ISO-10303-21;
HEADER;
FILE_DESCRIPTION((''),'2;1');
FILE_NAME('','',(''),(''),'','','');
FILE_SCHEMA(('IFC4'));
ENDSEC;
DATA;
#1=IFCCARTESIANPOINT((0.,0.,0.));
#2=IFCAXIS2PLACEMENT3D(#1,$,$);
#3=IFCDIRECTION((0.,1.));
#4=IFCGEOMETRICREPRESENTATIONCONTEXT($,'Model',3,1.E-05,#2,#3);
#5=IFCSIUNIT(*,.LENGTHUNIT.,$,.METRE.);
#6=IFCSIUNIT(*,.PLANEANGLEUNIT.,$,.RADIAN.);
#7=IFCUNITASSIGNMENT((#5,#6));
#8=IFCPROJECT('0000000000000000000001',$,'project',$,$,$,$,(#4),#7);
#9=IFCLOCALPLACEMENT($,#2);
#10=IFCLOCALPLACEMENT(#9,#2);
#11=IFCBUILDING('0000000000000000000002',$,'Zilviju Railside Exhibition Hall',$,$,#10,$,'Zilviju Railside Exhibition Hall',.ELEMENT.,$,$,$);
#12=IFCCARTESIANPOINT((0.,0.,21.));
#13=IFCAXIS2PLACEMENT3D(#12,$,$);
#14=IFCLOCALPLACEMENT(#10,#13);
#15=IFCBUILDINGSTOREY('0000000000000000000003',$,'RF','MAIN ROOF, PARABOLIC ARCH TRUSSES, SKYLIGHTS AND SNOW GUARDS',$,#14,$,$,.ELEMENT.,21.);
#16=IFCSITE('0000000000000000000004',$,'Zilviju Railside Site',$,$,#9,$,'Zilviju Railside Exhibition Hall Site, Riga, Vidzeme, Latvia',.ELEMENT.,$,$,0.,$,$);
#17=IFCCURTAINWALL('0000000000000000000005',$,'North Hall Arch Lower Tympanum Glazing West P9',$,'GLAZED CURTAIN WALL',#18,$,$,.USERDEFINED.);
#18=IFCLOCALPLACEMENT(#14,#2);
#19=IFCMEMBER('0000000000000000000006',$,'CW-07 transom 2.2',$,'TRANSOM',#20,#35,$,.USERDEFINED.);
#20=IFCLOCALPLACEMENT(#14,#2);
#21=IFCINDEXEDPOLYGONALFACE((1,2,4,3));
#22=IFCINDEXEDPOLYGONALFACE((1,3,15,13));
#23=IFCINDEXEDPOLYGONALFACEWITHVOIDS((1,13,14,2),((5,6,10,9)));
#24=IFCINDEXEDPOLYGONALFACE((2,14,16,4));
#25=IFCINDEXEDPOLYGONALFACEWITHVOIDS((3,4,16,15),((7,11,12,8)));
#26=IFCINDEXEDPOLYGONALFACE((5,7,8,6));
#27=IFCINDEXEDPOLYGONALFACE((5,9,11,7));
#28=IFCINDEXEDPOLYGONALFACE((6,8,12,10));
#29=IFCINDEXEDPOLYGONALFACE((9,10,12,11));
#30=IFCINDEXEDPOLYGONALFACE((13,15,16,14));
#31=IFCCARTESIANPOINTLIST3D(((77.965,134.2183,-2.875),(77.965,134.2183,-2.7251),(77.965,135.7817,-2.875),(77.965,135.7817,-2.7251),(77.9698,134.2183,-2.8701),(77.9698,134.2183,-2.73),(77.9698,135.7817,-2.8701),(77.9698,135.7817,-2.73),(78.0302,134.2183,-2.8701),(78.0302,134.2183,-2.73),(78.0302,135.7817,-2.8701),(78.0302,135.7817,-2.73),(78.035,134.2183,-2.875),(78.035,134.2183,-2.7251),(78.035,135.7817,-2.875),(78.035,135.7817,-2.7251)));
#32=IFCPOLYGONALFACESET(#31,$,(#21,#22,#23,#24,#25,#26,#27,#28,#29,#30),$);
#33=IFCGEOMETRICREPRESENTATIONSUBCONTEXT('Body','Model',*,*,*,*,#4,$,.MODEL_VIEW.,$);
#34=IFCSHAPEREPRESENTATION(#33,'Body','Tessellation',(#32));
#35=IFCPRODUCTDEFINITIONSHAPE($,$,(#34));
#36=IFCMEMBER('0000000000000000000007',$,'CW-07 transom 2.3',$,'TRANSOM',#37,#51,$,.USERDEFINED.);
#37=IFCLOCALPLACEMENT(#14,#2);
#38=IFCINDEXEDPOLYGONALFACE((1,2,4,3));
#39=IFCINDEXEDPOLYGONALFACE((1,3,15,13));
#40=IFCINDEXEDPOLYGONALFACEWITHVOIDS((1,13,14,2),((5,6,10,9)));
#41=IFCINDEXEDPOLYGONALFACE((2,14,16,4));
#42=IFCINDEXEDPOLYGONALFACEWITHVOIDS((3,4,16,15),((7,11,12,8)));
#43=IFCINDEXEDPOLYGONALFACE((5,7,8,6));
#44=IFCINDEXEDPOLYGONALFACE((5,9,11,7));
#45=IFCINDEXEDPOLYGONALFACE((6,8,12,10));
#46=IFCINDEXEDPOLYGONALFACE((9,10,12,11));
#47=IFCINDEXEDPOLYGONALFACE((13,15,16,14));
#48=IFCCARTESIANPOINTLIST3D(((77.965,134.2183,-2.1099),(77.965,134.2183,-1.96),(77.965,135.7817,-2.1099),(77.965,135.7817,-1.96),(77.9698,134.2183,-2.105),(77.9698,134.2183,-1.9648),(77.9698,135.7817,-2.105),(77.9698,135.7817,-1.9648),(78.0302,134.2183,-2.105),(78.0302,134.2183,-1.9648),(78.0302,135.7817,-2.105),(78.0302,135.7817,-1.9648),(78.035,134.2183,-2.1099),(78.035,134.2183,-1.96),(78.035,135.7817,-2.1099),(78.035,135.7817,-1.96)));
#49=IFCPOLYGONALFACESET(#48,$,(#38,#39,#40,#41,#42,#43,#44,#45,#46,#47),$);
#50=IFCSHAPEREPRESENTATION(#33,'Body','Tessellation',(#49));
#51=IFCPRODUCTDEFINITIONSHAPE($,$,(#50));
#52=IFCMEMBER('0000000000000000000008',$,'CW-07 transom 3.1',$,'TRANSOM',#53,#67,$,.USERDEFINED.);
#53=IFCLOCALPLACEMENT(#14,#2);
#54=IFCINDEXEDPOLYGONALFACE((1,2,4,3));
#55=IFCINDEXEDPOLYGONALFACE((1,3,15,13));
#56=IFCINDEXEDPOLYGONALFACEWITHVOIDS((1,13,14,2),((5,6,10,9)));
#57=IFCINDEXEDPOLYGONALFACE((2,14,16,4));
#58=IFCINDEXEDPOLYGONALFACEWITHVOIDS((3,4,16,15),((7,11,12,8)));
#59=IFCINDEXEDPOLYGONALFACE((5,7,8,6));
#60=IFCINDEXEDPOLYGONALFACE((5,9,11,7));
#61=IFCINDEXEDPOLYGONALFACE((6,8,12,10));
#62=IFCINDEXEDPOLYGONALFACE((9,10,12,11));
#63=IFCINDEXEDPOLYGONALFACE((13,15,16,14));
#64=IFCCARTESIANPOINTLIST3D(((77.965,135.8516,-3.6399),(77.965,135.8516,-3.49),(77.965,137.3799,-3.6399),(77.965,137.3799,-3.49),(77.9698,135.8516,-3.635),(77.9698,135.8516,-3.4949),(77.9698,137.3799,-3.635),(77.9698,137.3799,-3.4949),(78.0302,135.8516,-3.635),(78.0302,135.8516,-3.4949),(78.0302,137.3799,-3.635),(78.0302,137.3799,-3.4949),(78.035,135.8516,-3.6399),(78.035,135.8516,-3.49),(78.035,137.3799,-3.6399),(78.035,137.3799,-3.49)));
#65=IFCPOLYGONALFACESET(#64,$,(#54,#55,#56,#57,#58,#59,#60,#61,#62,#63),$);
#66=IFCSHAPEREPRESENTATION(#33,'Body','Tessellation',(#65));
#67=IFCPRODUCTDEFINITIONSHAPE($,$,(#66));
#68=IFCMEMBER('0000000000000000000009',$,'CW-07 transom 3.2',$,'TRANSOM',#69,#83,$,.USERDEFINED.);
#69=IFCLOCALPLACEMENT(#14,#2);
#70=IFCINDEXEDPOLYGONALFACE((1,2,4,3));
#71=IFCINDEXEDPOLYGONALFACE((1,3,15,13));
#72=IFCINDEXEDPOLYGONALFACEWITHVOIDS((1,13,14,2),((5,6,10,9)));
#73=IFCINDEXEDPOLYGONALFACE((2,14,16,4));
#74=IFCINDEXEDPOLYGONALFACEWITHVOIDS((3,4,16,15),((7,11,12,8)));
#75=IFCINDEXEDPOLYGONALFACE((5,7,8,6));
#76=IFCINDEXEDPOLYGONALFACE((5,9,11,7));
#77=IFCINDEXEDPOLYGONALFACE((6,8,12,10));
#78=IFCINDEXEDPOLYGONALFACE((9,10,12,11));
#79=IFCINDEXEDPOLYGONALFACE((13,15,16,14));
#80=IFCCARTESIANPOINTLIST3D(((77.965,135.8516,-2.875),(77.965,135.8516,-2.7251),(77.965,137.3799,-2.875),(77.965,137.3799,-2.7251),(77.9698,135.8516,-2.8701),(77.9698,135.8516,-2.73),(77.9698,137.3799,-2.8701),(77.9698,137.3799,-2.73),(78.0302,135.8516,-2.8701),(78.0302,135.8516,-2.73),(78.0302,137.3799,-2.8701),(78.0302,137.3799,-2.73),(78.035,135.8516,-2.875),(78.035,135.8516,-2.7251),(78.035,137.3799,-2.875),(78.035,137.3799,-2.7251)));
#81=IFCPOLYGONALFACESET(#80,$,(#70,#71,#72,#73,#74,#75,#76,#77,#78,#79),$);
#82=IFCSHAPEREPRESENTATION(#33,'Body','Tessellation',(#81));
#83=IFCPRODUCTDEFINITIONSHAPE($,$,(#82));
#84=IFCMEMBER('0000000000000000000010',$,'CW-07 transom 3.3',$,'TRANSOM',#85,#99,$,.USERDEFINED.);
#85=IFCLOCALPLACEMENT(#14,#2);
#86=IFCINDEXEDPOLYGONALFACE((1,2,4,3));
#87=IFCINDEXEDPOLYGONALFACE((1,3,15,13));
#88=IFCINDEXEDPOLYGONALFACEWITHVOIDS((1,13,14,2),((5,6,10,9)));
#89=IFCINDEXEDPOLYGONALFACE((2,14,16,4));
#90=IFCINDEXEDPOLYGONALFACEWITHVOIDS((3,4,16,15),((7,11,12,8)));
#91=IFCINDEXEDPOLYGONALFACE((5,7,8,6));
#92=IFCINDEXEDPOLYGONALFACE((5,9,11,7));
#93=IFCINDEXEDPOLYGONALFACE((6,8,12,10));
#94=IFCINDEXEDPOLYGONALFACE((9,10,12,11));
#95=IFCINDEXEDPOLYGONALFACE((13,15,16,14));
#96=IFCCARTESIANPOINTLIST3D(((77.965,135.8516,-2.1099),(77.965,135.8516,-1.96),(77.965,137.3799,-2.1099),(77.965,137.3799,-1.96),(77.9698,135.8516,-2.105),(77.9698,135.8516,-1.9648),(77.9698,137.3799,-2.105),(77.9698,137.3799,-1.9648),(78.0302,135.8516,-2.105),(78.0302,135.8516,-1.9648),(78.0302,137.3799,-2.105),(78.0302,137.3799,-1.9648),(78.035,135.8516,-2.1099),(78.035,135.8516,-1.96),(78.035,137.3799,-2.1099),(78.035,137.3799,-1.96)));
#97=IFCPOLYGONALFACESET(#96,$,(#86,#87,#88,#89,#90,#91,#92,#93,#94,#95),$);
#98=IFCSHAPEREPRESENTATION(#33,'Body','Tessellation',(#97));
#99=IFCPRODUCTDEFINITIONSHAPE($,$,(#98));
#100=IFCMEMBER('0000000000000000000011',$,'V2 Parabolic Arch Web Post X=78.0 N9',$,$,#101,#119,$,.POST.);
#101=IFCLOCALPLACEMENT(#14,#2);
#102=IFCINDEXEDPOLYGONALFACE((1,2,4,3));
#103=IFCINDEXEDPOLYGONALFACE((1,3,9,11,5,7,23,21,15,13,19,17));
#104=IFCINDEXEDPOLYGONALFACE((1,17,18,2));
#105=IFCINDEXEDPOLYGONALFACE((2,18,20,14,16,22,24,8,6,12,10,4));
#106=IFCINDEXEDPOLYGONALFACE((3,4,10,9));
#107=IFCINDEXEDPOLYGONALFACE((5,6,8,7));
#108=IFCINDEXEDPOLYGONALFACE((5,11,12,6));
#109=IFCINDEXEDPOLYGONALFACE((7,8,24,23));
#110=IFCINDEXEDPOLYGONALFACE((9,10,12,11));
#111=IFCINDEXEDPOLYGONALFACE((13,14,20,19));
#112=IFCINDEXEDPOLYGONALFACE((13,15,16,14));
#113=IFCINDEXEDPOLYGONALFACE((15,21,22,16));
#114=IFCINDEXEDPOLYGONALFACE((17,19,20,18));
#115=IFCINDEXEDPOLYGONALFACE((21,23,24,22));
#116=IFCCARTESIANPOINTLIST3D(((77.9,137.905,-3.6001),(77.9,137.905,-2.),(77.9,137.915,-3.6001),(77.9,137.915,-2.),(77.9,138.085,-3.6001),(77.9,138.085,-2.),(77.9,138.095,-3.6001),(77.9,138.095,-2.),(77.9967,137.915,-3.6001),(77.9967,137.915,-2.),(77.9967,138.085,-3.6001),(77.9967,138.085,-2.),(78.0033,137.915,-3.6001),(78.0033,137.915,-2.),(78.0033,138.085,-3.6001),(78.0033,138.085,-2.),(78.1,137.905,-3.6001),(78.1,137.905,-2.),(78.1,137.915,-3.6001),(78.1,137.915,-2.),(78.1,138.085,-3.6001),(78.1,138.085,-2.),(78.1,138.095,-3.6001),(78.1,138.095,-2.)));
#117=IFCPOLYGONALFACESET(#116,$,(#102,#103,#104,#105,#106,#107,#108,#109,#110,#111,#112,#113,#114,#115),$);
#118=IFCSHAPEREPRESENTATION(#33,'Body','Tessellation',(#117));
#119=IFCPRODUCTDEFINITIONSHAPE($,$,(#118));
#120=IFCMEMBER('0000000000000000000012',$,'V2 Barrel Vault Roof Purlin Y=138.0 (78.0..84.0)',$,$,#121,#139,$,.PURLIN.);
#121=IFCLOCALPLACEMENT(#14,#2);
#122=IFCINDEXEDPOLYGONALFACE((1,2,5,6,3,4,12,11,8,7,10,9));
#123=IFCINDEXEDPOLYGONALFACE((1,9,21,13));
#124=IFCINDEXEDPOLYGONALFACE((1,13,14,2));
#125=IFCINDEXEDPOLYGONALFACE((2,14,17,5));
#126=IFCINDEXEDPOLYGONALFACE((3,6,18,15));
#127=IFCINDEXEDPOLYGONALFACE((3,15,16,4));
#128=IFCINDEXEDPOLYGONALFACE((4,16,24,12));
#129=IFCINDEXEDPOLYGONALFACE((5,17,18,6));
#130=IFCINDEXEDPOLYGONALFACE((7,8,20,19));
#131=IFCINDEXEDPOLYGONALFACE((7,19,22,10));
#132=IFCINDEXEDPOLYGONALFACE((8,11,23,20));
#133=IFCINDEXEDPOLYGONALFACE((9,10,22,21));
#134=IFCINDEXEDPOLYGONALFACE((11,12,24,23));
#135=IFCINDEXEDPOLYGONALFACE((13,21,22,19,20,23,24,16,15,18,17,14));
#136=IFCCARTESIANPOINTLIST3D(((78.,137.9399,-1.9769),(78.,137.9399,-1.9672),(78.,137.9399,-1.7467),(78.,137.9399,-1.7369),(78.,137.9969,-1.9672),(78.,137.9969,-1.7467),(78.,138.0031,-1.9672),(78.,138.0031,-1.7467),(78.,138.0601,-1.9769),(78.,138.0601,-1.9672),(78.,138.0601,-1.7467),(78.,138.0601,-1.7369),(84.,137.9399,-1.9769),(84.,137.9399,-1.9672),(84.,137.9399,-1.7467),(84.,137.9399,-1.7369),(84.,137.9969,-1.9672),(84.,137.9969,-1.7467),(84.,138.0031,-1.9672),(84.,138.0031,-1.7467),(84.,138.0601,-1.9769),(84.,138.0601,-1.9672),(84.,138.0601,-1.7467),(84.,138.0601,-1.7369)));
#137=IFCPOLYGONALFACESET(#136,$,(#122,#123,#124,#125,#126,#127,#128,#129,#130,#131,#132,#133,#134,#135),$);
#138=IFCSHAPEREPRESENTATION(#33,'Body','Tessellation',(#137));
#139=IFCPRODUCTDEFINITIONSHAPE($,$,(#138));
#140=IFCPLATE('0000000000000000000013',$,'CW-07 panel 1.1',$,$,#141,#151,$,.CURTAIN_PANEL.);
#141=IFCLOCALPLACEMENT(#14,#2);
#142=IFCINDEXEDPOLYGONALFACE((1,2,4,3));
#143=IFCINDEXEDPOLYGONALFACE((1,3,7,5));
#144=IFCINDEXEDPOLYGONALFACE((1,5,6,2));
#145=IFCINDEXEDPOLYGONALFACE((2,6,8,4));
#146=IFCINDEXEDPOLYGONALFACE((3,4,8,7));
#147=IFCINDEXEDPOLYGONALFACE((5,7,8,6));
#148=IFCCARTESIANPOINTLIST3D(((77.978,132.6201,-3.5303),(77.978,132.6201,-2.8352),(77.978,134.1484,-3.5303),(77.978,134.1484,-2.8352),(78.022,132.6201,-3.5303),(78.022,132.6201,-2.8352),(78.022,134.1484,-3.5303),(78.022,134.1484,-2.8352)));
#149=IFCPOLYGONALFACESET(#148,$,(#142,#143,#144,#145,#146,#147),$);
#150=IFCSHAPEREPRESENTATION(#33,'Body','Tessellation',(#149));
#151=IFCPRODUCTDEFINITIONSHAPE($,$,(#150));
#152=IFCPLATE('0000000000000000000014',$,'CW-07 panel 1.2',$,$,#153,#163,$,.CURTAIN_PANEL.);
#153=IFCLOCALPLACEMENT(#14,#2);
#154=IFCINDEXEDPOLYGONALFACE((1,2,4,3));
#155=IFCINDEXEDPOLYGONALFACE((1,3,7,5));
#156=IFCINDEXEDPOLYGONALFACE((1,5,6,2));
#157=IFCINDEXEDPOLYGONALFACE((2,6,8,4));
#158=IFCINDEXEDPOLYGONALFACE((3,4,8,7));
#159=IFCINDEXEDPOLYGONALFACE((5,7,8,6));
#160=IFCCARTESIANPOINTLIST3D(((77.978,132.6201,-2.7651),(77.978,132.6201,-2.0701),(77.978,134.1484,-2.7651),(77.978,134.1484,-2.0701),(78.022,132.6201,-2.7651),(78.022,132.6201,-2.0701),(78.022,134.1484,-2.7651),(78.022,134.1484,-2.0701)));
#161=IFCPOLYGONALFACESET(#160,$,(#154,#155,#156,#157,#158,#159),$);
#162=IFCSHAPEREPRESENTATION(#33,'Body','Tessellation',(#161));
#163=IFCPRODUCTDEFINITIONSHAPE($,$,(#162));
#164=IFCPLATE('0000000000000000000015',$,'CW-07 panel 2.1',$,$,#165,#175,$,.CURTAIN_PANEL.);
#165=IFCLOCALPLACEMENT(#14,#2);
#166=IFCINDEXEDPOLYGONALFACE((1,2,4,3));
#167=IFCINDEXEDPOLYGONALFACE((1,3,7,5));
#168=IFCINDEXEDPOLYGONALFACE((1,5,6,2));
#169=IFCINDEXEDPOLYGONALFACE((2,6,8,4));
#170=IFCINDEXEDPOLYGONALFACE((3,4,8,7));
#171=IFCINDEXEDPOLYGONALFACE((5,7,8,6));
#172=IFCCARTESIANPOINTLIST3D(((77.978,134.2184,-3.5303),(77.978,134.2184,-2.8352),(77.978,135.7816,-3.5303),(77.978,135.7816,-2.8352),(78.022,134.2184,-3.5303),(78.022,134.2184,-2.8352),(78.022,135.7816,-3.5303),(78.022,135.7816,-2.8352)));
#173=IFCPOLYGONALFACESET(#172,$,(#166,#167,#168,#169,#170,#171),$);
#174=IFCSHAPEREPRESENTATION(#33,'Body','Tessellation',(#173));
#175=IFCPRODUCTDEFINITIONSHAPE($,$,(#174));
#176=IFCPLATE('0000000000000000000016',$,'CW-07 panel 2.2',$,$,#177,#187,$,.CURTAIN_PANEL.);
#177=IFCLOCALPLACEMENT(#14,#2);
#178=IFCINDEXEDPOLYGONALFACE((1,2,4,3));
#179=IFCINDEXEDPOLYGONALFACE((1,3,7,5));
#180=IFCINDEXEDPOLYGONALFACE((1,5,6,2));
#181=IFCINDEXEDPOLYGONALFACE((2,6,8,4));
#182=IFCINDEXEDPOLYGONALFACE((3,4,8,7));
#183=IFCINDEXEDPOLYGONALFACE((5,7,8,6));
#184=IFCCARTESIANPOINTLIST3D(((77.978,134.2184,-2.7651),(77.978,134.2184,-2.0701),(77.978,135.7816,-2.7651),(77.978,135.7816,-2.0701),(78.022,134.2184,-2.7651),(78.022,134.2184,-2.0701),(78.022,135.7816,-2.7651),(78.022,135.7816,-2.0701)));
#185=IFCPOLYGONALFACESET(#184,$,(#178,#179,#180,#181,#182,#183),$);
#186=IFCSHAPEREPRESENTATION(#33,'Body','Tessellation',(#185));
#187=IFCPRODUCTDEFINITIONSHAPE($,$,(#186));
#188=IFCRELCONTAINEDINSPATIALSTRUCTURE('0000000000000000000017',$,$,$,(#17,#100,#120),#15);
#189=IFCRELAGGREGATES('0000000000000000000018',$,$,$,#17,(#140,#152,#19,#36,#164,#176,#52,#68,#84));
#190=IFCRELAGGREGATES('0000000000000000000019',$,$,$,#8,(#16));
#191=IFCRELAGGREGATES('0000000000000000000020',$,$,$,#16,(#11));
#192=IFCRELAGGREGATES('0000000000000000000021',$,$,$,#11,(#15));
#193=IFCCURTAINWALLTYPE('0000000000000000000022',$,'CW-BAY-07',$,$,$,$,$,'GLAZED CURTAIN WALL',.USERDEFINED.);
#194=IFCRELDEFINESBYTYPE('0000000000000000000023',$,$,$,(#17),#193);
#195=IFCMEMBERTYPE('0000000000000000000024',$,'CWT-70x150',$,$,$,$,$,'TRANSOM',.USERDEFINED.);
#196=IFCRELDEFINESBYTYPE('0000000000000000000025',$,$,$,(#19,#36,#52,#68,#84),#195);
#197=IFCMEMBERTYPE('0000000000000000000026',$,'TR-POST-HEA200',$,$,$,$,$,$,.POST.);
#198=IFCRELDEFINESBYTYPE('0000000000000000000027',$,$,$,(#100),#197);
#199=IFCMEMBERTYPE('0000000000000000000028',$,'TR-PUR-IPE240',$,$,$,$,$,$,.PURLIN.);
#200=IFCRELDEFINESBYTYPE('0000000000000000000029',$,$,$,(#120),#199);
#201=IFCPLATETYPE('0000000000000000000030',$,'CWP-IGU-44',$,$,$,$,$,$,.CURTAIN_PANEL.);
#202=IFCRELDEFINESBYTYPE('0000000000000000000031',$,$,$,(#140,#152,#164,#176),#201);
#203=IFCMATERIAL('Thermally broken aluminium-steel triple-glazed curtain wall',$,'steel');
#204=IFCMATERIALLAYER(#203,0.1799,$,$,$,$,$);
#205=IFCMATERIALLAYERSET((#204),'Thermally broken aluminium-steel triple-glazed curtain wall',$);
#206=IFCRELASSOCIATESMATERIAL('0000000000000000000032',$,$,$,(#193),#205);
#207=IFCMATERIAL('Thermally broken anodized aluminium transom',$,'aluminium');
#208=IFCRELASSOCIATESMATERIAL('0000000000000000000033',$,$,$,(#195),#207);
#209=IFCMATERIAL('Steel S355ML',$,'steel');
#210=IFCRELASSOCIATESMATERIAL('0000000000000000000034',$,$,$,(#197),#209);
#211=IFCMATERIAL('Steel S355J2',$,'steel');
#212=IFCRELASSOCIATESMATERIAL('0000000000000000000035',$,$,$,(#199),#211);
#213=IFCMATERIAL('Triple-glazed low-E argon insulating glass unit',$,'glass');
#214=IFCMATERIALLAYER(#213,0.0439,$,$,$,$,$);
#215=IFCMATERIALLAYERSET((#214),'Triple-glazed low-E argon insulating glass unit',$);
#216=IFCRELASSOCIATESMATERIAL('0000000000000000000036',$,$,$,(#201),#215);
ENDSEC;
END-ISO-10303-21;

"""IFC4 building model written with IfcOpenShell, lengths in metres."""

from ifc_helpers import new_model, si_unit, direction, frame, origin, origin_2d, place, context, subcontext, project, spatial, rectangle, hollow_rectangle, i_section, extrude, material, layer, layer_set, material_profile, profile_set, type_object, element, aggregate, save


model = new_model("IFC4")

# Units and contexts
model_context = context("Model", 3, precision=1e-05, world=origin(), true_north=direction((0.0, 1.0)))
body_context = subcontext(model_context, "Body", "Model", "MODEL_VIEW")
ifc_project = project(units=[si_unit("LENGTHUNIT", "METRE"), si_unit("PLANEANGLEUNIT", "RADIAN")], contexts=[model_context])

# Site, building, storey
site_placement = place(None, origin())
site = spatial("IfcSite", under=ifc_project, at=site_placement, Name="Zilviju Railside Site", LongName="Zilviju Railside Exhibition Hall Site, Riga, Vidzeme, Latvia", CompositionType="ELEMENT", RefElevation=0.0)
building_placement = place(site_placement, origin())
building = spatial("IfcBuilding", under=site, at=building_placement, Name="Zilviju Railside Exhibition Hall", LongName="Zilviju Railside Exhibition Hall", CompositionType="ELEMENT")
storey_placement = place(building_placement, frame((0.0, 0.0, 21.0)))
storey = spatial("IfcBuildingStorey", under=building, at=storey_placement, Name="RF", Description="MAIN ROOF, PARABOLIC ARCH TRUSSES, SKYLIGHTS AND SNOW GUARDS", CompositionType="ELEMENT", Elevation=21.0)

# Shared definitions
ifc_material_1 = material(Name="Steel S355J2", Category="steel")

# Curtain wall, members
ifc_material_2 = material(Name="Thermally broken aluminium-steel triple-glazed curtain wall", Category="steel")
ifc_layer_1 = layer(ifc_material_2, 0.1799)
ifc_layer_set_1 = layer_set([ifc_layer_1], Name="Thermally broken aluminium-steel triple-glazed curtain wall")
curtain_wall_type = type_object("IfcCurtainWallType", Name="CW-BAY-07", ElementType="GLAZED CURTAIN WALL", PredefinedType="USERDEFINED", material=ifc_layer_set_1)
curtain_wall_placement = place(storey_placement, origin())
curtain_wall = element("IfcCurtainWall", 1, at=curtain_wall_placement, inside=storey, type_object=curtain_wall_type, Name="North Hall Arch Lower Tympanum Glazing West P9", ObjectType="GLAZED CURTAIN WALL", PredefinedType="USERDEFINED")
ifc_material_3 = material(Name="Thermally broken anodized aluminium transom", Category="aluminium")
ifc_material_profile_1 = material_profile(ifc_material_3, hollow_rectangle(XDim=0.0701, YDim=0.1499, WallThickness=0.0049, at=origin_2d()), Name="TRANSOM 150x70x5")
ifc_profile_set_1 = profile_set([ifc_material_profile_1], Name="Thermally broken anodized aluminium transom")
member_type_1 = type_object("IfcMemberType", Name="CWT-70x150", ElementType="TRANSOM", PredefinedType="USERDEFINED", material=ifc_profile_set_1)
member_1_placement = place(storey_placement, frame((78.0, 134.2183, -2.8), z_axis=(0.0, 1.0, 0.0), x_axis=(-1.0, 0.0, 0.0)))
member_1 = element("IfcMember", 2, at=member_1_placement, type_object=member_type_1, Name="CW-07 transom 2.2", ObjectType="TRANSOM", PredefinedType="USERDEFINED", context=body_context, shape_type="SweptSolid", body=[
    extrude(hollow_rectangle(XDim=0.0701, YDim=0.1499, WallThickness=0.0049, at=origin_2d()), origin(), (0.0, 0.0, 1.0), 1.5635),
])
member_2_placement = place(storey_placement, frame((78.0, 134.2183, -2.0349), z_axis=(0.0, 1.0, 0.0), x_axis=(-1.0, 0.0, 0.0)))
member_2 = element("IfcMember", 3, at=member_2_placement, type_object=member_type_1, Name="CW-07 transom 2.3", ObjectType="TRANSOM", PredefinedType="USERDEFINED", context=body_context, shape_type="SweptSolid", body=[
    extrude(hollow_rectangle(XDim=0.0701, YDim=0.1499, WallThickness=0.0049, at=origin_2d()), origin(), (0.0, 0.0, 1.0), 1.5635),
])
member_3_placement = place(storey_placement, frame((78.0, 135.8516, -3.5649), z_axis=(0.0, 1.0, 0.0), x_axis=(-1.0, 0.0, 0.0)))
member_3 = element("IfcMember", 4, at=member_3_placement, type_object=member_type_1, Name="CW-07 transom 3.1", ObjectType="TRANSOM", PredefinedType="USERDEFINED", context=body_context, shape_type="SweptSolid", body=[
    extrude(hollow_rectangle(XDim=0.0701, YDim=0.1499, WallThickness=0.0049, at=origin_2d()), origin(), (0.0, 0.0, 1.0), 1.5283),
])
member_4_placement = place(storey_placement, frame((78.0, 135.8516, -2.8), z_axis=(0.0, 1.0, 0.0), x_axis=(-1.0, 0.0, 0.0)))
member_4 = element("IfcMember", 5, at=member_4_placement, type_object=member_type_1, Name="CW-07 transom 3.2", ObjectType="TRANSOM", PredefinedType="USERDEFINED", context=body_context, shape_type="SweptSolid", body=[
    extrude(hollow_rectangle(XDim=0.0701, YDim=0.1499, WallThickness=0.0049, at=origin_2d()), origin(), (0.0, 0.0, 1.0), 1.5283),
])
member_5_placement = place(storey_placement, frame((78.0, 135.8516, -2.0349), z_axis=(0.0, 1.0, 0.0), x_axis=(-1.0, 0.0, 0.0)))
member_5 = element("IfcMember", 6, at=member_5_placement, type_object=member_type_1, Name="CW-07 transom 3.3", ObjectType="TRANSOM", PredefinedType="USERDEFINED", context=body_context, shape_type="SweptSolid", body=[
    extrude(hollow_rectangle(XDim=0.0701, YDim=0.1499, WallThickness=0.0049, at=origin_2d()), origin(), (0.0, 0.0, 1.0), 1.5283),
])

# Members
ifc_material_4 = material(Name="Steel S355ML", Category="steel")
ifc_material_profile_2 = material_profile(ifc_material_4, i_section(OverallWidth=0.2, OverallDepth=0.1899, WebThickness=0.0066, FlangeThickness=0.01, at=origin_2d()), Name="HEA 200")
ifc_profile_set_2 = profile_set([ifc_material_profile_2], Name="Steel S355ML")
member_type_2 = type_object("IfcMemberType", Name="TR-POST-HEA200", PredefinedType="POST", material=ifc_profile_set_2)
member_6_placement = place(storey_placement, frame((78.0, 138.0, -3.6001), z_axis=(0.0, 0.0, 1.0), x_axis=(1.0, 0.0, 0.0)))
element("IfcMember", 7, at=member_6_placement, inside=storey, type_object=member_type_2, Name="V2 Parabolic Arch Web Post X=78.0 N9", PredefinedType="POST", context=body_context, shape_type="SweptSolid", body=[
    extrude(i_section(OverallWidth=0.2, OverallDepth=0.1899, WebThickness=0.0066, FlangeThickness=0.01, at=origin_2d()), origin(), (0.0, 0.0, 1.0), 1.6001),
])
ifc_material_profile_3 = material_profile(ifc_material_1, i_section(OverallWidth=0.1201, OverallDepth=0.24, WebThickness=0.0061, FlangeThickness=0.0098, at=origin_2d()), Name="IPE 240")
ifc_profile_set_3 = profile_set([ifc_material_profile_3], Name="Steel S355J2")
member_type_3 = type_object("IfcMemberType", Name="TR-PUR-IPE240", PredefinedType="PURLIN", material=ifc_profile_set_3)
member_7_placement = place(storey_placement, frame((78.0, 138.0, -1.8569), z_axis=(1.0, 0.0, 0.0), x_axis=(0.0, 1.0, 0.0)))
element("IfcMember", 8, at=member_7_placement, inside=storey, type_object=member_type_3, Name="V2 Barrel Vault Roof Purlin Y=138.0 (78.0..84.0)", PredefinedType="PURLIN", context=body_context, shape_type="SweptSolid", body=[
    extrude(i_section(OverallWidth=0.1201, OverallDepth=0.24, WebThickness=0.0061, FlangeThickness=0.0098, at=origin_2d()), origin(), (0.0, 0.0, 1.0), 6.0),
])

# Plates
ifc_material_5 = material(Name="Triple-glazed low-E argon insulating glass unit", Category="glass")
ifc_layer_2 = layer(ifc_material_5, 0.0439)
ifc_layer_set_2 = layer_set([ifc_layer_2], Name="Triple-glazed low-E argon insulating glass unit")
plate_type_1 = type_object("IfcPlateType", Name="CWP-IGU-44", PredefinedType="CURTAIN_PANEL", material=ifc_layer_set_2)
plate_1_placement = place(storey_placement, frame((78.0, 133.3843, -3.5303), z_axis=(0.0, 0.0, 1.0), x_axis=(0.0, 1.0, 0.0)))
plate_1 = element("IfcPlate", 9, at=plate_1_placement, type_object=plate_type_1, Name="CW-07 panel 1.1", PredefinedType="CURTAIN_PANEL", context=body_context, shape_type="SweptSolid", body=[
    extrude(rectangle(XDim=1.5283, YDim=0.0439, at=origin_2d()), origin(), (0.0, 0.0, 1.0), 0.6951),
])
plate_2_placement = place(storey_placement, frame((78.0, 133.3843, -2.7651), z_axis=(0.0, 0.0, 1.0), x_axis=(0.0, 1.0, 0.0)))
plate_2 = element("IfcPlate", 10, at=plate_2_placement, type_object=plate_type_1, Name="CW-07 panel 1.2", PredefinedType="CURTAIN_PANEL", context=body_context, shape_type="SweptSolid", body=[
    extrude(rectangle(XDim=1.5283, YDim=0.0439, at=origin_2d()), origin(), (0.0, 0.0, 1.0), 0.6951),
])
plate_3_placement = place(storey_placement, frame((78.0, 135.0, -3.5303), z_axis=(0.0, 0.0, 1.0), x_axis=(0.0, 1.0, 0.0)))
plate_3 = element("IfcPlate", 11, at=plate_3_placement, type_object=plate_type_1, Name="CW-07 panel 2.1", PredefinedType="CURTAIN_PANEL", context=body_context, shape_type="SweptSolid", body=[
    extrude(rectangle(XDim=1.5632, YDim=0.0439, at=origin_2d()), origin(), (0.0, 0.0, 1.0), 0.6951),
])
plate_4_placement = place(storey_placement, frame((78.0, 135.0, -2.7651), z_axis=(0.0, 0.0, 1.0), x_axis=(0.0, 1.0, 0.0)))
plate_4 = element("IfcPlate", 12, at=plate_4_placement, type_object=plate_type_1, Name="CW-07 panel 2.2", PredefinedType="CURTAIN_PANEL", context=body_context, shape_type="SweptSolid", body=[
    extrude(rectangle(XDim=1.5632, YDim=0.0439, at=origin_2d()), origin(), (0.0, 0.0, 1.0), 0.6951),
])
aggregate(curtain_wall, [plate_1, plate_2, member_1, member_2, plate_3, plate_4, member_3, member_4, member_5])

save(model, "model.ifc")
